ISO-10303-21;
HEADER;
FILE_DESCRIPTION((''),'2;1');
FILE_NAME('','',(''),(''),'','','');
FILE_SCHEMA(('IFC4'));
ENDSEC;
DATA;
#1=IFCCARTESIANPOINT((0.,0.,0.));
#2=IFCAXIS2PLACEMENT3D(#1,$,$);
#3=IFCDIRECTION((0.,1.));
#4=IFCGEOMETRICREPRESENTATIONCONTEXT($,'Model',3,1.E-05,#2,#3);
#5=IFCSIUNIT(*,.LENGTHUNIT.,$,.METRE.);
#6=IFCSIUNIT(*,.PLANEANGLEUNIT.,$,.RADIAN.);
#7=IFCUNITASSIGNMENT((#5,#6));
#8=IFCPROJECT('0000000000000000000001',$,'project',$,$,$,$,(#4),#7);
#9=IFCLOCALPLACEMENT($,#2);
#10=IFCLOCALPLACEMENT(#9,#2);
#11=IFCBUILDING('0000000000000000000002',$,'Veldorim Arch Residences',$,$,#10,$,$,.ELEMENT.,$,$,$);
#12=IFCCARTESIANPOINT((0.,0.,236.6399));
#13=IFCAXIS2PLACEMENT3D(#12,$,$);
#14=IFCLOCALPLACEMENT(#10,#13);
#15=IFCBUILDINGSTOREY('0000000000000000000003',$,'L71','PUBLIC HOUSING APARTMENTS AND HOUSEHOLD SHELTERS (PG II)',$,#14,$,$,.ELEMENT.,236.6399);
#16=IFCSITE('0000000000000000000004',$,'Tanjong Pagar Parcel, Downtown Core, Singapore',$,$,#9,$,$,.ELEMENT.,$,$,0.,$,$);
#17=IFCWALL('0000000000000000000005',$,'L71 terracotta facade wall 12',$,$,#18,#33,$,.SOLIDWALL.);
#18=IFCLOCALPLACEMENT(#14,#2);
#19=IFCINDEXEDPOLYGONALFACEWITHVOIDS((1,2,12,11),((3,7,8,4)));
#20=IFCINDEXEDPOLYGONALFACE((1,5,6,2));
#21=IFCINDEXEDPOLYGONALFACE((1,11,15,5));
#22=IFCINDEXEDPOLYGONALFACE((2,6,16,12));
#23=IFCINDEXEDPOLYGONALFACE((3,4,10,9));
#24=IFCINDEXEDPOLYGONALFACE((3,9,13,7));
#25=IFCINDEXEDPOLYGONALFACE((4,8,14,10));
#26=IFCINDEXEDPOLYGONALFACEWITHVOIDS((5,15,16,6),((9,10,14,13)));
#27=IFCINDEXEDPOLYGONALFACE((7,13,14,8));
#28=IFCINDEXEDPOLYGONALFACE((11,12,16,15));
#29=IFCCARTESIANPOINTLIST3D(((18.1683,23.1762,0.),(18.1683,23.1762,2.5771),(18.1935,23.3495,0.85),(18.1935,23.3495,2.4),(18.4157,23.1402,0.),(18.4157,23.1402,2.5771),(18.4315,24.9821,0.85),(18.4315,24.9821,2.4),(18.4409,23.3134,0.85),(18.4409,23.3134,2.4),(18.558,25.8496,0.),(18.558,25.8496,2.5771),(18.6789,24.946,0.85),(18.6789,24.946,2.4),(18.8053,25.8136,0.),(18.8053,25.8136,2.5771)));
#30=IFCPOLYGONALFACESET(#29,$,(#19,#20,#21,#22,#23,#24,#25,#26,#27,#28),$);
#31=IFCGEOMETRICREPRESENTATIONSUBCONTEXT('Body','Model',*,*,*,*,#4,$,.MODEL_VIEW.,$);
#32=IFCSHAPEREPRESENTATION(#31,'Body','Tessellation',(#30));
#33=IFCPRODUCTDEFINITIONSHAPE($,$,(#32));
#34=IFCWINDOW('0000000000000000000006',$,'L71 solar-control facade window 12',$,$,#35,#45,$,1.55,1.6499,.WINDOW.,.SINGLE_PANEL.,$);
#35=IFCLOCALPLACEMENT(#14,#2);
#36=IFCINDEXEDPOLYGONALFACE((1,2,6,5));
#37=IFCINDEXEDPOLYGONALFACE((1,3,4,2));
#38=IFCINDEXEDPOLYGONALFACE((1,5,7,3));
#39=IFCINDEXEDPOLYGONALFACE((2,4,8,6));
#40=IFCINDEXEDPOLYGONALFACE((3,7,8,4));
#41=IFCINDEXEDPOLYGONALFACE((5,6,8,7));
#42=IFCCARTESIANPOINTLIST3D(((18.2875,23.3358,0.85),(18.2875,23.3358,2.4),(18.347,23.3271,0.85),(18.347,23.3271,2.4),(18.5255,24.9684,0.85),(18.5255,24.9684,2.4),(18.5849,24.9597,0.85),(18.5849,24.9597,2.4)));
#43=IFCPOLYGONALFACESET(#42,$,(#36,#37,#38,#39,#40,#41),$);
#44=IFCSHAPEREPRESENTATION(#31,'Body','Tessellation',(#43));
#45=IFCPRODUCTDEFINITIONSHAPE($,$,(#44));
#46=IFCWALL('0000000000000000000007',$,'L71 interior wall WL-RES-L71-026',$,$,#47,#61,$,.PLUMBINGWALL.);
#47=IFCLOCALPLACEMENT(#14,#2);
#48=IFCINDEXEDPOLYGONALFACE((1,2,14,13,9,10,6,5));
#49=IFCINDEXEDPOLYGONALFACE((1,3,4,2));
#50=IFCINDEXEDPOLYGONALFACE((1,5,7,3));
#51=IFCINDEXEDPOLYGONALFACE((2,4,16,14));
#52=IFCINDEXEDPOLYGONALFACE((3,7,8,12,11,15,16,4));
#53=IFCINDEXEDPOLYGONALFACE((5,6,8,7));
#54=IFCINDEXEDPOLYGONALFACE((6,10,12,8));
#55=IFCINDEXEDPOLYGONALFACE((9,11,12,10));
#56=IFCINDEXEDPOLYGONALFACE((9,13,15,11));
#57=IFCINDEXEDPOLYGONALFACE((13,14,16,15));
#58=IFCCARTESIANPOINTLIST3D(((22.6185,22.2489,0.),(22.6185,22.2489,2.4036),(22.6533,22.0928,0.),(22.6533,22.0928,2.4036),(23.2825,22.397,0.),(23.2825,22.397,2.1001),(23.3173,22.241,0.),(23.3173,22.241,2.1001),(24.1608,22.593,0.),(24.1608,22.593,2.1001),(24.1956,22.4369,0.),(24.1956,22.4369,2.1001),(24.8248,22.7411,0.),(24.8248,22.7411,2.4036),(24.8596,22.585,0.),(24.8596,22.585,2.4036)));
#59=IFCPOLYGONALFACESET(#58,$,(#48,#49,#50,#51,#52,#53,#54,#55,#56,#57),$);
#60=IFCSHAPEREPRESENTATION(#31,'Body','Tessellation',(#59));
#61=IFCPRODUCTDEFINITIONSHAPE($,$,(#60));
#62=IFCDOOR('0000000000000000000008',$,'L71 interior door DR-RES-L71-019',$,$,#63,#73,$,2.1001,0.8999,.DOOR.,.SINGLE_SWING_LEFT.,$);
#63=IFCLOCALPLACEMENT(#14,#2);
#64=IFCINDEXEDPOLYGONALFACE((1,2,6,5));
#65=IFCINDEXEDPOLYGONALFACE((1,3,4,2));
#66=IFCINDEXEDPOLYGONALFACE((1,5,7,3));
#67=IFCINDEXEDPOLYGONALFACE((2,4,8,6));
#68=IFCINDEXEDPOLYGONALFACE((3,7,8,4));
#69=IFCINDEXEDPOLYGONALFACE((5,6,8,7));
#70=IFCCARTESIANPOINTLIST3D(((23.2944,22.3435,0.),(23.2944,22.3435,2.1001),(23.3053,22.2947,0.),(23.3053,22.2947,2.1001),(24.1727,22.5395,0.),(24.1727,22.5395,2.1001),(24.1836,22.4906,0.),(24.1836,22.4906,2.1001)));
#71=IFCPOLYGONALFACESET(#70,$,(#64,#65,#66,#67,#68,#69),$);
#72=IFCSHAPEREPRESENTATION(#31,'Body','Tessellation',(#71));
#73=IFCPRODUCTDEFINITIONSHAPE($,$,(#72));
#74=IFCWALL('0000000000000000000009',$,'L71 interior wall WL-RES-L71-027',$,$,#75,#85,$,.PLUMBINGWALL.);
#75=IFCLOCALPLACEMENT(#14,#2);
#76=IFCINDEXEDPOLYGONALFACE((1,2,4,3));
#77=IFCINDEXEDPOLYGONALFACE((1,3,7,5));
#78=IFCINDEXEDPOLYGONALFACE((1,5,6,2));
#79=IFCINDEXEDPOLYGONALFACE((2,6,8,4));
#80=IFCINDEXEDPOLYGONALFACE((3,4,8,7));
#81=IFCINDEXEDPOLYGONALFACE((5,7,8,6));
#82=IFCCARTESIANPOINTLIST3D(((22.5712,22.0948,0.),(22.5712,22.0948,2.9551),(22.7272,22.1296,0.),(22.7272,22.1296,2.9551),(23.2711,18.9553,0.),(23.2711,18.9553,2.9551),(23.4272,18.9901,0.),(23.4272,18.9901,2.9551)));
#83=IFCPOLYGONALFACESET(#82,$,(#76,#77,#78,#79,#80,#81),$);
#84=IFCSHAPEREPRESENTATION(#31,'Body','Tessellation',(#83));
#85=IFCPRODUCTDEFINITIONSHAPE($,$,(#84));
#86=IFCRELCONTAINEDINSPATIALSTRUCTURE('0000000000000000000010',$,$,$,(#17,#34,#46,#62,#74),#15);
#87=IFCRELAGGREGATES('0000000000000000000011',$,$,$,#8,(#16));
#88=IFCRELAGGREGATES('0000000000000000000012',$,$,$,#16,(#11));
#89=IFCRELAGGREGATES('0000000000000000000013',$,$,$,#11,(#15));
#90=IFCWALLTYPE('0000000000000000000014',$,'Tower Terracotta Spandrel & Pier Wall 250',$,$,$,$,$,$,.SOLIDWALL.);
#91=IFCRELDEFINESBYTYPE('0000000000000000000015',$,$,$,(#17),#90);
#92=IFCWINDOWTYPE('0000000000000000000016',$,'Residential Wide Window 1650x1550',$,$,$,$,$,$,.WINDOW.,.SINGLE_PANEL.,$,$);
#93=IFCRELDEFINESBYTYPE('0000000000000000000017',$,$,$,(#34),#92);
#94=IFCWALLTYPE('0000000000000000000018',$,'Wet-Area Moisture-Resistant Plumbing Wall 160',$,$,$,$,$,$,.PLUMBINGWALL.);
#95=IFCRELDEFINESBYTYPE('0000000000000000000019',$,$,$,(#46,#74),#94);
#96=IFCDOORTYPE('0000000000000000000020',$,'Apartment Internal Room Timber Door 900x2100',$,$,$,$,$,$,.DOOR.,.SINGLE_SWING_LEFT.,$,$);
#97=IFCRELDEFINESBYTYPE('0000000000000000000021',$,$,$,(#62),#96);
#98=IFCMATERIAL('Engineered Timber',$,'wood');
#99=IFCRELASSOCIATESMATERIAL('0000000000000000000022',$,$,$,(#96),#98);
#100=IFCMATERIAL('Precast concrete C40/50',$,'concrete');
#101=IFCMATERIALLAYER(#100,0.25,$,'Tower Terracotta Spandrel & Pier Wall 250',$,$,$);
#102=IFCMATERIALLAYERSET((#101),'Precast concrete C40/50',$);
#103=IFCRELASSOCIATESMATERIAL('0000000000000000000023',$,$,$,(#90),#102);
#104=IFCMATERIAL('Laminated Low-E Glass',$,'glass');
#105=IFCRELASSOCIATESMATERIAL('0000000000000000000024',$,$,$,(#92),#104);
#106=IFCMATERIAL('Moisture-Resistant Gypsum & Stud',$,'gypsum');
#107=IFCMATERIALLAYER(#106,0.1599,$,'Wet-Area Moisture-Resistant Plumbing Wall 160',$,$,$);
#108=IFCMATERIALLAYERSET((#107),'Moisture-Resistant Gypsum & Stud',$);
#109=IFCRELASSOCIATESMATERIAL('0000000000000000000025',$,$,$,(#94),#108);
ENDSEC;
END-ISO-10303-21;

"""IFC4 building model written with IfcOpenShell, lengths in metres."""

from ifc_helpers import new_model, si_unit, direction, frame, frame_2d, origin, place, context, subcontext, project, spatial, rectangle, extrude, material, layer, layer_set, type_object, element, fill, save


model = new_model("IFC4")

# Units and contexts
model_context = context("Model", 3, precision=1e-05, world=origin(), true_north=direction((0.0, 1.0)))
body_context = subcontext(model_context, "Body", "Model", "MODEL_VIEW")
ifc_project = project(units=[si_unit("LENGTHUNIT", "METRE"), si_unit("PLANEANGLEUNIT", "RADIAN")], contexts=[model_context])

# Site, building, storey
site_placement = place(None, origin())
site = spatial("IfcSite", under=ifc_project, at=site_placement, Name="Tanjong Pagar Parcel, Downtown Core, Singapore", CompositionType="ELEMENT", RefElevation=0.0)
building_placement = place(site_placement, origin())
building = spatial("IfcBuilding", under=site, at=building_placement, Name="Veldorim Arch Residences", CompositionType="ELEMENT")
storey_placement = place(building_placement, frame((0.0, 0.0, 236.6399)))
storey = spatial("IfcBuildingStorey", under=building, at=storey_placement, Name="L71", Description="PUBLIC HOUSING APARTMENTS AND HOUSEHOLD SHELTERS (PG II)", CompositionType="ELEMENT", Elevation=236.6399)

# Shared definitions
ifc_material_1 = material(Name="Engineered Timber", Category="wood")
door_type_1 = type_object("IfcDoorType", Name="Apartment Internal Room Timber Door 900x2100", OperationType="SINGLE_SWING_LEFT", PredefinedType="DOOR", material=ifc_material_1)

# Shared definitions
ifc_material_2 = material(Name="Precast concrete C40/50", Category="concrete")
ifc_layer_1 = layer(ifc_material_2, 0.25, Name="Tower Terracotta Spandrel & Pier Wall 250")
ifc_layer_set_1 = layer_set([ifc_layer_1], Name="Precast concrete C40/50")
wall_type_1 = type_object("IfcWallType", Name="Tower Terracotta Spandrel & Pier Wall 250", PredefinedType="SOLIDWALL", material=ifc_layer_set_1)

# Wall, opening, window
wall_1_placement = place(storey_placement, frame((18.292, 23.1582, 0.0), z_axis=(0.0, 0.0, 1.0), x_axis=(0.144229, 0.989544, 0.0)))
wall_1 = element("IfcWall", 1, at=wall_1_placement, inside=storey, type_object=wall_type_1, Name="L71 terracotta facade wall 12", PredefinedType="SOLIDWALL", context=body_context, shape_type="SweptSolid", body=[
    extrude(rectangle(XDim=2.7017, YDim=0.25, at=frame_2d((1.3508, 0.0))), origin(), (0.0, 0.0, 1.0), 2.5771),
])
opening_1_placement = place(wall_1_placement, frame((0.175, 0.0, 0.8501)))
opening_1 = element("IfcOpeningElement", 2, at=opening_1_placement, cuts=wall_1, PredefinedType="OPENING", context=body_context, shape_type="SweptSolid", body=[
    extrude(rectangle(XDim=1.6499, YDim=1.55, at=frame_2d((0.825, 0.7749))), frame((0.0, 0.135, 0.0), z_axis=(0.0, -1.0, 0.0), x_axis=(1.0, 0.0, 0.0)), (0.0, 0.0, 1.0), 0.27),
])
ifc_material_3 = material(Name="Laminated Low-E Glass", Category="glass")
window_type = type_object("IfcWindowType", Name="Residential Wide Window 1650x1550", PartitioningType="SINGLE_PANEL", PredefinedType="WINDOW", material=ifc_material_3)
window_placement = place(opening_1_placement, origin())
window = element("IfcWindow", 3, at=window_placement, inside=storey, type_object=window_type, Name="L71 solar-control facade window 12", OverallHeight=1.55, OverallWidth=1.6499, PartitioningType="SINGLE_PANEL", PredefinedType="WINDOW", context=body_context, shape_type="SweptSolid", body=[
    extrude(rectangle(XDim=1.6499, YDim=1.55, at=frame_2d((0.825, 0.7749))), frame((0.0, 0.03, 0.0), z_axis=(0.0, -1.0, 0.0), x_axis=(1.0, 0.0, 0.0)), (0.0, 0.0, 1.0), 0.0601),
])
fill(opening_1, window)

# Wall, opening, door
ifc_material_4 = material(Name="Moisture-Resistant Gypsum & Stud", Category="gypsum")
ifc_layer_2 = layer(ifc_material_4, 0.1599, Name="Wet-Area Moisture-Resistant Plumbing Wall 160")
ifc_layer_set_2 = layer_set([ifc_layer_2], Name="Moisture-Resistant Gypsum & Stud")
wall_type_2 = type_object("IfcWallType", Name="Wet-Area Moisture-Resistant Plumbing Wall 160", PredefinedType="PLUMBINGWALL", material=ifc_layer_set_2)
wall_2_placement = place(storey_placement, frame((24.8423, 22.6631, 0.0), z_axis=(0.0, 0.0, 1.0), x_axis=(-0.976009, -0.217731, 0.0)))
wall_2 = element("IfcWall", 4, at=wall_2_placement, inside=storey, type_object=wall_type_2, Name="L71 interior wall WL-RES-L71-026", PredefinedType="PLUMBINGWALL", context=body_context, shape_type="SweptSolid", body=[
    extrude(rectangle(XDim=2.2605, YDim=0.1599, at=frame_2d((1.1304, 0.0))), origin(), (0.0, 0.0, 1.0), 2.4036),
])
opening_2_placement = place(wall_2_placement, frame((0.6804, 0.0, 0.0)))
opening_2 = element("IfcOpeningElement", 5, at=opening_2_placement, cuts=wall_2, PredefinedType="OPENING", context=body_context, shape_type="SweptSolid", body=[
    extrude(rectangle(XDim=0.8999, YDim=2.1001, at=frame_2d((0.45, 1.05))), frame((0.0, 0.0898, 0.0), z_axis=(0.0, -1.0, 0.0), x_axis=(1.0, 0.0, 0.0)), (0.0, 0.0, 1.0), 0.1799),
])
door_1_placement = place(opening_2_placement, origin())
door_1 = element("IfcDoor", 6, at=door_1_placement, inside=storey, type_object=door_type_1, Name="L71 interior door DR-RES-L71-019", OperationType="SINGLE_SWING_LEFT", OverallHeight=2.1001, OverallWidth=0.8999, PredefinedType="DOOR", context=body_context, shape_type="SweptSolid", body=[
    extrude(rectangle(XDim=0.8999, YDim=2.1001, at=frame_2d((0.45, 1.05))), frame((0.0, 0.0249, 0.0), z_axis=(0.0, -1.0, 0.0), x_axis=(1.0, 0.0, 0.0)), (0.0, 0.0, 1.0), 0.05),
])
fill(opening_2, door_1)

# Wall
wall_3_placement = place(storey_placement, frame((22.6492, 22.1123, 0.0), z_axis=(0.0, 0.0, 1.0), x_axis=(0.217614, -0.976035, 0.0)))
element("IfcWall", 7, at=wall_3_placement, inside=storey, type_object=wall_type_2, Name="L71 interior wall WL-RES-L71-027", PredefinedType="PLUMBINGWALL", context=body_context, shape_type="SweptSolid", body=[
    extrude(rectangle(XDim=3.2166, YDim=0.1599, at=frame_2d((1.6084, 0.0))), origin(), (0.0, 0.0, 1.0), 2.9551),
])

save(model, "model.ifc")
